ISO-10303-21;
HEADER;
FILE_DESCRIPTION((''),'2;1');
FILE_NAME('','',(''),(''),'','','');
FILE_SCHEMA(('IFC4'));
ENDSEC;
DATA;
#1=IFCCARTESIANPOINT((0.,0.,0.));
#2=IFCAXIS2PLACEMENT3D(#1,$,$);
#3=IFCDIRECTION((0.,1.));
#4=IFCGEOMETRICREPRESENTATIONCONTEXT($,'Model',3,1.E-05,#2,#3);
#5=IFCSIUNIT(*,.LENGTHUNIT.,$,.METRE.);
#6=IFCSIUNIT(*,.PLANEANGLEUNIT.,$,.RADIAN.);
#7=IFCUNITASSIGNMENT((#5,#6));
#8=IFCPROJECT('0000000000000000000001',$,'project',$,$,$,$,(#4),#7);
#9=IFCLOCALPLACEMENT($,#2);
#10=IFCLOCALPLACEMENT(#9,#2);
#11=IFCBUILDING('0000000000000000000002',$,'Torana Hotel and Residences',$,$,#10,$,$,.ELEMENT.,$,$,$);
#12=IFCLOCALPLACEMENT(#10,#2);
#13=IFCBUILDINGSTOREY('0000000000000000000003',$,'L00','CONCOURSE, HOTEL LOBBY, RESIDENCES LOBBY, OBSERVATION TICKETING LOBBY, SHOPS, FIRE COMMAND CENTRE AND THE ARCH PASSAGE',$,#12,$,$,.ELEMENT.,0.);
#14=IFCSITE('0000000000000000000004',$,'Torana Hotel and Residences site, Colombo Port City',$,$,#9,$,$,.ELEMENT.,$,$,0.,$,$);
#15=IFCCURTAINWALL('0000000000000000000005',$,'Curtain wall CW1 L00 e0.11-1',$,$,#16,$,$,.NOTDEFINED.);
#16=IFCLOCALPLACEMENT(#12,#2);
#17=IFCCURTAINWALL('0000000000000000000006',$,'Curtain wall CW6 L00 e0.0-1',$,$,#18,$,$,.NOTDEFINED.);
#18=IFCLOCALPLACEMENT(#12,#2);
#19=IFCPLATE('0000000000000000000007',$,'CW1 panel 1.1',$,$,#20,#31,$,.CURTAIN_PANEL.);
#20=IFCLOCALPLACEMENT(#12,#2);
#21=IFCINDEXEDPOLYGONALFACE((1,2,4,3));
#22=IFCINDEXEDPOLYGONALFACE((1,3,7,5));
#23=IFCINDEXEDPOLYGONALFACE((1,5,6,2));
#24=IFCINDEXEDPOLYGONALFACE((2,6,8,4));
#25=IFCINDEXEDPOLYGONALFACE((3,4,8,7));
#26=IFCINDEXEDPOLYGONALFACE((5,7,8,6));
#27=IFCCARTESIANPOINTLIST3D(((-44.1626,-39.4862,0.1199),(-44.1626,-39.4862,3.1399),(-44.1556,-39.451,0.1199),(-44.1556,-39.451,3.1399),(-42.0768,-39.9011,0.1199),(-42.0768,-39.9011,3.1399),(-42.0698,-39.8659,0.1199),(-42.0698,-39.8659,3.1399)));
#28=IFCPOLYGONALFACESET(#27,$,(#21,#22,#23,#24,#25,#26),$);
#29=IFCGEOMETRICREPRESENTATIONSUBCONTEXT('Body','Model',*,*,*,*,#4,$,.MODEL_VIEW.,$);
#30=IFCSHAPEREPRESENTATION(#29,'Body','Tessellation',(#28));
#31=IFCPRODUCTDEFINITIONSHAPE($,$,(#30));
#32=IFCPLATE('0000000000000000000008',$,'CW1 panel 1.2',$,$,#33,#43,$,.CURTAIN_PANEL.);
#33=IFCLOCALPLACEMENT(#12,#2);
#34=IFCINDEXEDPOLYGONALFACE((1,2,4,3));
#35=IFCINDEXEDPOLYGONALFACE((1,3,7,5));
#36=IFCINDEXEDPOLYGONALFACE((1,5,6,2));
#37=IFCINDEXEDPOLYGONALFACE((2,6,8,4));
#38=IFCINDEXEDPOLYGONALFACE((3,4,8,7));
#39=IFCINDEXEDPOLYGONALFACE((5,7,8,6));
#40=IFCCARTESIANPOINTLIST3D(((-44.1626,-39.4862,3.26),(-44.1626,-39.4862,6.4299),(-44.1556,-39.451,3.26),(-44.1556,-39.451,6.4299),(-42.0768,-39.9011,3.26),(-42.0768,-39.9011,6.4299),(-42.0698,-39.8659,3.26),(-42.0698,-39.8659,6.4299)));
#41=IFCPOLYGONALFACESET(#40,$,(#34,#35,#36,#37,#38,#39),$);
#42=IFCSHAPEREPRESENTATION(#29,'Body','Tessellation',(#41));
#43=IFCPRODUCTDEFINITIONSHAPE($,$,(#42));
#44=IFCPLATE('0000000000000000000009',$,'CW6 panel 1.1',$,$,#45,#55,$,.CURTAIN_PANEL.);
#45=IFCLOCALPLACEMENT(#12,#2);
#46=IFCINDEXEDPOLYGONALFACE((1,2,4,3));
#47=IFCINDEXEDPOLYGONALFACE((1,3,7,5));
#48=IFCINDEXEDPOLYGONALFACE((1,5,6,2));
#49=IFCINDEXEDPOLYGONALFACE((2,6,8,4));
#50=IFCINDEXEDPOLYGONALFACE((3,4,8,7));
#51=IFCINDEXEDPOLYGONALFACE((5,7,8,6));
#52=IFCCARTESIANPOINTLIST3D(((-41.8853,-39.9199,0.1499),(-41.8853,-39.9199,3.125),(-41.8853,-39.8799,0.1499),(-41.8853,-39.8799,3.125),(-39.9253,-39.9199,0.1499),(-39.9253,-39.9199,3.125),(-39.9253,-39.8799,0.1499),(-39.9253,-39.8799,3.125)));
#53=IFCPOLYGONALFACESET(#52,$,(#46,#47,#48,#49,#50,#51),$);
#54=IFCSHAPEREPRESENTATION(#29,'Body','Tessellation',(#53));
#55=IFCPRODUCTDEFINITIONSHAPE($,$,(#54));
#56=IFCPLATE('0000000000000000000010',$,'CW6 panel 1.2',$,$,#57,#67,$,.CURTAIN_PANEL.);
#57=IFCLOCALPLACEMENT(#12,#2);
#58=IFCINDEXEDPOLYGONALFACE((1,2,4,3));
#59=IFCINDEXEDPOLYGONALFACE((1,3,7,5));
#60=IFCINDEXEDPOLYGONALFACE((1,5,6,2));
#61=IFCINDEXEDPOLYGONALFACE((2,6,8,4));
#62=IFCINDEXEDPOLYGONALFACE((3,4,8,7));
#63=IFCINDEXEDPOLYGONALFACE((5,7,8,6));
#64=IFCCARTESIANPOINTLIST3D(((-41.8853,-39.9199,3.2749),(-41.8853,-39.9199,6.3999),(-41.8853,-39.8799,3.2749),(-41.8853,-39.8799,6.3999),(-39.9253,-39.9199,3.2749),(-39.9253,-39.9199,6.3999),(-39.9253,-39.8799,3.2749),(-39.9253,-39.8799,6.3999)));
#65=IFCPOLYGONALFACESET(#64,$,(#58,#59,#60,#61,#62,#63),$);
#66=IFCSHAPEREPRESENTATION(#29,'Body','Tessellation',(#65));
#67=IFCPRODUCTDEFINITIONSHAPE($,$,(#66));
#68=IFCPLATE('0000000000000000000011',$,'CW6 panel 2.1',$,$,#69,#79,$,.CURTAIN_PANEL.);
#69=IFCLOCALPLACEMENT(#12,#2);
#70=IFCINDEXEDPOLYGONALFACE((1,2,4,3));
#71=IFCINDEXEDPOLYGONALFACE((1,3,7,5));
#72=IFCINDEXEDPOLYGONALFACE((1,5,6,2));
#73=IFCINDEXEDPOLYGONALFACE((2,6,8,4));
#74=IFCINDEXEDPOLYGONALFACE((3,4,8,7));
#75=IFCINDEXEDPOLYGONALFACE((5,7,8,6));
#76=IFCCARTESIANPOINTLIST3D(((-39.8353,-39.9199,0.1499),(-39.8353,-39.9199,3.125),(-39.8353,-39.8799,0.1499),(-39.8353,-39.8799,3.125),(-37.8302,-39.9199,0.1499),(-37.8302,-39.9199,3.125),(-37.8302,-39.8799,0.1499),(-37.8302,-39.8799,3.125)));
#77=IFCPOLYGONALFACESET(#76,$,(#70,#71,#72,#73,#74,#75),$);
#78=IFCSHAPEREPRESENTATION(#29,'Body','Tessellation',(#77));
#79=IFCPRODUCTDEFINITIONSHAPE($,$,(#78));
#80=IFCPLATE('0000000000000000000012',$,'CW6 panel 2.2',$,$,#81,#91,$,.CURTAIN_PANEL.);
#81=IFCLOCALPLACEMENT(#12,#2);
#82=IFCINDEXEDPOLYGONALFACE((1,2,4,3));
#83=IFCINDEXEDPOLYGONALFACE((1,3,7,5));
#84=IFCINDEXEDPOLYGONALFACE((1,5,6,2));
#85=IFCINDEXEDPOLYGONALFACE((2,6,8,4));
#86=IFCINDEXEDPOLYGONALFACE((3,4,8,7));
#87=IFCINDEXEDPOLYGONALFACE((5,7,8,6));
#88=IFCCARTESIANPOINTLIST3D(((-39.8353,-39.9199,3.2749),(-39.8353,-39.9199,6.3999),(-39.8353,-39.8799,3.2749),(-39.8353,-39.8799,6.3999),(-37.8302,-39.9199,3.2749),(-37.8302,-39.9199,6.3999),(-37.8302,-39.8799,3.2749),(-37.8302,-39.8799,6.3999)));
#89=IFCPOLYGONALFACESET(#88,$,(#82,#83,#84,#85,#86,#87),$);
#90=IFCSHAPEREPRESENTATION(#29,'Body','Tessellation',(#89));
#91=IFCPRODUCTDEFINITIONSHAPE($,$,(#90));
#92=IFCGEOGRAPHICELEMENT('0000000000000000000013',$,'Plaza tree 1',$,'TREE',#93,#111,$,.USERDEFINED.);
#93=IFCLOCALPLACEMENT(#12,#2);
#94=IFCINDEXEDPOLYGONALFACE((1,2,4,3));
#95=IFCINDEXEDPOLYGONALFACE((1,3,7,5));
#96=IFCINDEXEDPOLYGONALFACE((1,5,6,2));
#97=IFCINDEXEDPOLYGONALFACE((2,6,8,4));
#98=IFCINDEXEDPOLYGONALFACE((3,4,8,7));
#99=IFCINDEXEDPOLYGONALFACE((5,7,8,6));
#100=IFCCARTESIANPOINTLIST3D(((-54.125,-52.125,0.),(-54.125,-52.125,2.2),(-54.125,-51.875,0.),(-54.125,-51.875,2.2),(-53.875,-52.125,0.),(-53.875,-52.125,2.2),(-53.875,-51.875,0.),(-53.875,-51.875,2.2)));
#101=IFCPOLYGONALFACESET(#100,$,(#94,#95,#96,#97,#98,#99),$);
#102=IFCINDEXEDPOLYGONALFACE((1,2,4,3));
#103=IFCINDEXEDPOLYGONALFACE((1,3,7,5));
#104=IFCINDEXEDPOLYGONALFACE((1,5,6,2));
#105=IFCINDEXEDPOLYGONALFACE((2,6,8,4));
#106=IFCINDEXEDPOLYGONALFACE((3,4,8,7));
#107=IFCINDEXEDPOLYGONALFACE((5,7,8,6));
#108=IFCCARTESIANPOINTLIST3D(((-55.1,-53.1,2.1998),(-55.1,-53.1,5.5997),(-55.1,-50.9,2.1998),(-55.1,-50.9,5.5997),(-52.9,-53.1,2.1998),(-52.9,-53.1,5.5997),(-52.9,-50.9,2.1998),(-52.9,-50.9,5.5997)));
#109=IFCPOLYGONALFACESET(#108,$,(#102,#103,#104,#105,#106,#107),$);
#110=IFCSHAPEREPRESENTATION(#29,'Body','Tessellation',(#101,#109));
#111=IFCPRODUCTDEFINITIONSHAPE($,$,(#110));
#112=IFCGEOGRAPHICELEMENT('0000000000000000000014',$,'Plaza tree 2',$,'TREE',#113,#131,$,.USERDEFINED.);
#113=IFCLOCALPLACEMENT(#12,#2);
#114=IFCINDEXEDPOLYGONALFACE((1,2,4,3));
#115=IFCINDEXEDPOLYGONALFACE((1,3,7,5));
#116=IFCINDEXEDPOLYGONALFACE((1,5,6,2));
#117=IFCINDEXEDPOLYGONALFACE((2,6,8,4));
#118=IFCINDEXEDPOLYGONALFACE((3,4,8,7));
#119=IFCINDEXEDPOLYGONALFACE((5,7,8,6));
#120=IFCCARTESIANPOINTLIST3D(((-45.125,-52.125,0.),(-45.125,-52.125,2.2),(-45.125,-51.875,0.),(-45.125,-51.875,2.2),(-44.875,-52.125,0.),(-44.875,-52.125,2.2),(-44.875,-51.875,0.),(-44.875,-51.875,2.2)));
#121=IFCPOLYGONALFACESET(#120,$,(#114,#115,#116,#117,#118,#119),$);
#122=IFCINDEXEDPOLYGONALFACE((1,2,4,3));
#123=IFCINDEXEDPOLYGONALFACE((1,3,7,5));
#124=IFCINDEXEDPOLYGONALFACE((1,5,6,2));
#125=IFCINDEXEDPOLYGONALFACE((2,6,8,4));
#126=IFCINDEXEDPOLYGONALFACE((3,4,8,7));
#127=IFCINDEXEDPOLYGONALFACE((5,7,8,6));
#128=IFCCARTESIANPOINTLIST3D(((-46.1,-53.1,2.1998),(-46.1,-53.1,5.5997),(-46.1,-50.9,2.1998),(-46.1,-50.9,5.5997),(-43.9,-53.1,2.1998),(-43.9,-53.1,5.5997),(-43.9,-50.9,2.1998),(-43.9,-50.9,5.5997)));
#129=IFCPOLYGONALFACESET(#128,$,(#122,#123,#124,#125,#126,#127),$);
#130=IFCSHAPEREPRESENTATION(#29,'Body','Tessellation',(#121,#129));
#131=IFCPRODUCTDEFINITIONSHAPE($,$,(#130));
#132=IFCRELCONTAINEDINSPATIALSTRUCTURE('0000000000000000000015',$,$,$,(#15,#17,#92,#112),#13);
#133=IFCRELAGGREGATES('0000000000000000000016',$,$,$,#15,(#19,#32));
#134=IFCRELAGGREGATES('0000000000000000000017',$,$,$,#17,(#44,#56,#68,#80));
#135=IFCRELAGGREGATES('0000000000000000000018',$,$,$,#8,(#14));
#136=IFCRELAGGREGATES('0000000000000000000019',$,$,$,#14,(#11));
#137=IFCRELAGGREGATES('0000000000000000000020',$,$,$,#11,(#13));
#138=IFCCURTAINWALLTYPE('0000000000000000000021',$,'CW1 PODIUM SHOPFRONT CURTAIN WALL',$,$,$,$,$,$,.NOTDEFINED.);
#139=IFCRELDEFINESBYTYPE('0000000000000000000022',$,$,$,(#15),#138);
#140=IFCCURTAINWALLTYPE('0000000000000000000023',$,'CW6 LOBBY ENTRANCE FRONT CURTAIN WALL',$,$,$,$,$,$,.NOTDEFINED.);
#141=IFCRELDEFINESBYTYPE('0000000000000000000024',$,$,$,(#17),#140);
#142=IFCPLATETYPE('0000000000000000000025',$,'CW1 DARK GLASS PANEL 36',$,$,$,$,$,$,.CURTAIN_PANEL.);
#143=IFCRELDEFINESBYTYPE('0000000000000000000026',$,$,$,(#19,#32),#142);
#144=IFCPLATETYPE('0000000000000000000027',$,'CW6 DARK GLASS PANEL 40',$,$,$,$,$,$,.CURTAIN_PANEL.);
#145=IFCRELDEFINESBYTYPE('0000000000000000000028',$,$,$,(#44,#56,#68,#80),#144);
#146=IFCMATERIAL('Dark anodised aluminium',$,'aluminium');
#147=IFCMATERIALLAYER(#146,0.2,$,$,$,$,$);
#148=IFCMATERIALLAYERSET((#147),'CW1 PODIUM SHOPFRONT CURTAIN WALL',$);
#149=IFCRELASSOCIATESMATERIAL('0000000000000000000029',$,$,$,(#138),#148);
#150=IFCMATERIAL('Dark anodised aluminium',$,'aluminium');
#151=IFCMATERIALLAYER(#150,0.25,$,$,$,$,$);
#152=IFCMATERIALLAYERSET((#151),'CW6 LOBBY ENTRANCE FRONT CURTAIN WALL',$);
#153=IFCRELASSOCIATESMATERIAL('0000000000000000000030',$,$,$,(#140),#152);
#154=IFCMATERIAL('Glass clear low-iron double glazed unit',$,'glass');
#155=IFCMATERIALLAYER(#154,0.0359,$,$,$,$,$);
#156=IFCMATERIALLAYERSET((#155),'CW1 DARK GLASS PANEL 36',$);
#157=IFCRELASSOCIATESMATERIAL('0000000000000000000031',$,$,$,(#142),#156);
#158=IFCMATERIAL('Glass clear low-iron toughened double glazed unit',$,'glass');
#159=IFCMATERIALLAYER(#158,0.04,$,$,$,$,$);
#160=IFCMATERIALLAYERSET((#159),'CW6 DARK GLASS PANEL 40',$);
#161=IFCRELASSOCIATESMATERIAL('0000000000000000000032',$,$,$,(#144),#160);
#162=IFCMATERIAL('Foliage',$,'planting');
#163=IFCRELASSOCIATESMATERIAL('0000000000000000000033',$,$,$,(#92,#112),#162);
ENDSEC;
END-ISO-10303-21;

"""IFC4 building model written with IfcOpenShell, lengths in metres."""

from ifc_helpers import new_model, si_unit, direction, frame, origin, origin_2d, place, context, subcontext, project, spatial, rectangle, extrude, material, layer, layer_set, type_object, element, aggregate, save


model = new_model("IFC4")

# Units and contexts
model_context = context("Model", 3, precision=1e-05, world=origin(), true_north=direction((0.0, 1.0)))
body_context = subcontext(model_context, "Body", "Model", "MODEL_VIEW")
ifc_project = project(units=[si_unit("LENGTHUNIT", "METRE"), si_unit("PLANEANGLEUNIT", "RADIAN")], contexts=[model_context])

# Site, building, storey
site_placement = place(None, origin())
site = spatial("IfcSite", under=ifc_project, at=site_placement, Name="Torana Hotel and Residences site, Colombo Port City", CompositionType="ELEMENT", RefElevation=0.0)
building_placement = place(site_placement, origin())
building = spatial("IfcBuilding", under=site, at=building_placement, Name="Torana Hotel and Residences", CompositionType="ELEMENT")
storey_placement = place(building_placement, origin())
storey = spatial("IfcBuildingStorey", under=building, at=storey_placement, Name="L00", Description="CONCOURSE, HOTEL LOBBY, RESIDENCES LOBBY, OBSERVATION TICKETING LOBBY, SHOPS, FIRE COMMAND CENTRE AND THE ARCH PASSAGE", CompositionType="ELEMENT", Elevation=0.0)

# Shared definitions
ifc_material_1 = material(Name="Dark anodised aluminium", Category="aluminium")
ifc_layer_1 = layer(ifc_material_1, 0.2)
ifc_layer_set_1 = layer_set([ifc_layer_1], Name="CW1 PODIUM SHOPFRONT CURTAIN WALL")
curtain_wall_type_1 = type_object("IfcCurtainWallType", Name="CW1 PODIUM SHOPFRONT CURTAIN WALL", PredefinedType="NOTDEFINED", material=ifc_layer_set_1)

# Curtain wall
curtain_wall_1_placement = place(storey_placement, origin())
curtain_wall_1 = element("IfcCurtainWall", 1, at=curtain_wall_1_placement, inside=storey, type_object=curtain_wall_type_1, Name="Curtain wall CW1 L00 e0.11-1", PredefinedType="NOTDEFINED")

# Curtain wall
ifc_material_2 = material(Name="Dark anodised aluminium", Category="aluminium")
ifc_layer_2 = layer(ifc_material_2, 0.25)
ifc_layer_set_2 = layer_set([ifc_layer_2], Name="CW6 LOBBY ENTRANCE FRONT CURTAIN WALL")
curtain_wall_type_2 = type_object("IfcCurtainWallType", Name="CW6 LOBBY ENTRANCE FRONT CURTAIN WALL", PredefinedType="NOTDEFINED", material=ifc_layer_set_2)
curtain_wall_2_placement = place(storey_placement, origin())
curtain_wall_2 = element("IfcCurtainWall", 2, at=curtain_wall_2_placement, inside=storey, type_object=curtain_wall_type_2, Name="Curtain wall CW6 L00 e0.0-1", PredefinedType="NOTDEFINED")

# Plates
ifc_material_3 = material(Name="Glass clear low-iron double glazed unit", Category="glass")
ifc_layer_3 = layer(ifc_material_3, 0.0359)
ifc_layer_set_3 = layer_set([ifc_layer_3], Name="CW1 DARK GLASS PANEL 36")
plate_type_1 = type_object("IfcPlateType", Name="CW1 DARK GLASS PANEL 36", PredefinedType="CURTAIN_PANEL", material=ifc_layer_set_3)
plate_1_placement = place(storey_placement, frame((-43.1162, -39.676, 0.1199), z_axis=(0.0, 0.0, 1.0), x_axis=(0.980787, -0.195081, 0.0)))
plate_1 = element("IfcPlate", 3, at=plate_1_placement, type_object=plate_type_1, Name="CW1 panel 1.1", PredefinedType="CURTAIN_PANEL", context=body_context, shape_type="SweptSolid", body=[
    extrude(rectangle(XDim=2.1267, YDim=0.0359, at=origin_2d()), origin(), (0.0, 0.0, 1.0), 3.02),
])
plate_2_placement = place(storey_placement, frame((-43.1162, -39.676, 3.26), z_axis=(0.0, 0.0, 1.0), x_axis=(0.980787, -0.195081, 0.0)))
plate_2 = element("IfcPlate", 4, at=plate_2_placement, type_object=plate_type_1, Name="CW1 panel 1.2", PredefinedType="CURTAIN_PANEL", context=body_context, shape_type="SweptSolid", body=[
    extrude(rectangle(XDim=2.1267, YDim=0.0359, at=origin_2d()), origin(), (0.0, 0.0, 1.0), 3.1699),
])
aggregate(curtain_wall_1, [plate_1, plate_2])
ifc_material_4 = material(Name="Glass clear low-iron toughened double glazed unit", Category="glass")
ifc_layer_4 = layer(ifc_material_4, 0.04)
ifc_layer_set_4 = layer_set([ifc_layer_4], Name="CW6 DARK GLASS PANEL 40")
plate_type_2 = type_object("IfcPlateType", Name="CW6 DARK GLASS PANEL 40", PredefinedType="CURTAIN_PANEL", material=ifc_layer_set_4)
plate_3_placement = place(storey_placement, frame((-40.9053, -39.8999, 0.1499), z_axis=(0.0, 0.0, 1.0), x_axis=(1.0, 0.0, 0.0)))
plate_3 = element("IfcPlate", 5, at=plate_3_placement, type_object=plate_type_2, Name="CW6 panel 1.1", PredefinedType="CURTAIN_PANEL", context=body_context, shape_type="SweptSolid", body=[
    extrude(rectangle(XDim=1.96, YDim=0.04, at=origin_2d()), origin(), (0.0, 0.0, 1.0), 2.9751),
])
plate_4_placement = place(storey_placement, frame((-40.9053, -39.8999, 3.2749), z_axis=(0.0, 0.0, 1.0), x_axis=(1.0, 0.0, 0.0)))
plate_4 = element("IfcPlate", 6, at=plate_4_placement, type_object=plate_type_2, Name="CW6 panel 1.2", PredefinedType="CURTAIN_PANEL", context=body_context, shape_type="SweptSolid", body=[
    extrude(rectangle(XDim=1.96, YDim=0.04, at=origin_2d()), origin(), (0.0, 0.0, 1.0), 3.125),
])
plate_5_placement = place(storey_placement, frame((-38.8328, -39.8999, 0.1499), z_axis=(0.0, 0.0, 1.0), x_axis=(1.0, 0.0, 0.0)))
plate_5 = element("IfcPlate", 7, at=plate_5_placement, type_object=plate_type_2, Name="CW6 panel 2.1", PredefinedType="CURTAIN_PANEL", context=body_context, shape_type="SweptSolid", body=[
    extrude(rectangle(XDim=2.0051, YDim=0.04, at=origin_2d()), origin(), (0.0, 0.0, 1.0), 2.9751),
])
plate_6_placement = place(storey_placement, frame((-38.8328, -39.8999, 3.2749), z_axis=(0.0, 0.0, 1.0), x_axis=(1.0, 0.0, 0.0)))
plate_6 = element("IfcPlate", 8, at=plate_6_placement, type_object=plate_type_2, Name="CW6 panel 2.2", PredefinedType="CURTAIN_PANEL", context=body_context, shape_type="SweptSolid", body=[
    extrude(rectangle(XDim=2.0051, YDim=0.04, at=origin_2d()), origin(), (0.0, 0.0, 1.0), 3.125),
])
aggregate(curtain_wall_2, [plate_3, plate_4, plate_5, plate_6])

# Geographic elements
ifc_material_5 = material(Name="Foliage", Category="planting")
for number, where, z_axis, x_axis, name in (
    (9, (-54.0, -52.0, 0.0), (0.0, 0.0, 1.0), (1.0, 0.0, 0.0), "Plaza tree 1"),
    (10, (-45.0, -52.0, 0.0), (0.0, 0.0, 1.0), (1.0, 0.0, 0.0), "Plaza tree 2"),
):
    element("IfcGeographicElement", number, at=place(storey_placement, frame(where, z_axis=z_axis, x_axis=x_axis)), inside=storey, material=ifc_material_5, Name=name, ObjectType="TREE", PredefinedType="USERDEFINED", context=body_context, shape_type="SweptSolid", body=[
        extrude(rectangle(XDim=0.25, YDim=0.25, at=origin_2d()), origin(), (0.0, 0.0, 1.0), 2.2),
        extrude(rectangle(XDim=2.2, YDim=2.2, at=origin_2d()), frame((0.0, 0.0, 2.1998)), (0.0, 0.0, 1.0), 3.3999),
    ])

save(model, "model.ifc")
